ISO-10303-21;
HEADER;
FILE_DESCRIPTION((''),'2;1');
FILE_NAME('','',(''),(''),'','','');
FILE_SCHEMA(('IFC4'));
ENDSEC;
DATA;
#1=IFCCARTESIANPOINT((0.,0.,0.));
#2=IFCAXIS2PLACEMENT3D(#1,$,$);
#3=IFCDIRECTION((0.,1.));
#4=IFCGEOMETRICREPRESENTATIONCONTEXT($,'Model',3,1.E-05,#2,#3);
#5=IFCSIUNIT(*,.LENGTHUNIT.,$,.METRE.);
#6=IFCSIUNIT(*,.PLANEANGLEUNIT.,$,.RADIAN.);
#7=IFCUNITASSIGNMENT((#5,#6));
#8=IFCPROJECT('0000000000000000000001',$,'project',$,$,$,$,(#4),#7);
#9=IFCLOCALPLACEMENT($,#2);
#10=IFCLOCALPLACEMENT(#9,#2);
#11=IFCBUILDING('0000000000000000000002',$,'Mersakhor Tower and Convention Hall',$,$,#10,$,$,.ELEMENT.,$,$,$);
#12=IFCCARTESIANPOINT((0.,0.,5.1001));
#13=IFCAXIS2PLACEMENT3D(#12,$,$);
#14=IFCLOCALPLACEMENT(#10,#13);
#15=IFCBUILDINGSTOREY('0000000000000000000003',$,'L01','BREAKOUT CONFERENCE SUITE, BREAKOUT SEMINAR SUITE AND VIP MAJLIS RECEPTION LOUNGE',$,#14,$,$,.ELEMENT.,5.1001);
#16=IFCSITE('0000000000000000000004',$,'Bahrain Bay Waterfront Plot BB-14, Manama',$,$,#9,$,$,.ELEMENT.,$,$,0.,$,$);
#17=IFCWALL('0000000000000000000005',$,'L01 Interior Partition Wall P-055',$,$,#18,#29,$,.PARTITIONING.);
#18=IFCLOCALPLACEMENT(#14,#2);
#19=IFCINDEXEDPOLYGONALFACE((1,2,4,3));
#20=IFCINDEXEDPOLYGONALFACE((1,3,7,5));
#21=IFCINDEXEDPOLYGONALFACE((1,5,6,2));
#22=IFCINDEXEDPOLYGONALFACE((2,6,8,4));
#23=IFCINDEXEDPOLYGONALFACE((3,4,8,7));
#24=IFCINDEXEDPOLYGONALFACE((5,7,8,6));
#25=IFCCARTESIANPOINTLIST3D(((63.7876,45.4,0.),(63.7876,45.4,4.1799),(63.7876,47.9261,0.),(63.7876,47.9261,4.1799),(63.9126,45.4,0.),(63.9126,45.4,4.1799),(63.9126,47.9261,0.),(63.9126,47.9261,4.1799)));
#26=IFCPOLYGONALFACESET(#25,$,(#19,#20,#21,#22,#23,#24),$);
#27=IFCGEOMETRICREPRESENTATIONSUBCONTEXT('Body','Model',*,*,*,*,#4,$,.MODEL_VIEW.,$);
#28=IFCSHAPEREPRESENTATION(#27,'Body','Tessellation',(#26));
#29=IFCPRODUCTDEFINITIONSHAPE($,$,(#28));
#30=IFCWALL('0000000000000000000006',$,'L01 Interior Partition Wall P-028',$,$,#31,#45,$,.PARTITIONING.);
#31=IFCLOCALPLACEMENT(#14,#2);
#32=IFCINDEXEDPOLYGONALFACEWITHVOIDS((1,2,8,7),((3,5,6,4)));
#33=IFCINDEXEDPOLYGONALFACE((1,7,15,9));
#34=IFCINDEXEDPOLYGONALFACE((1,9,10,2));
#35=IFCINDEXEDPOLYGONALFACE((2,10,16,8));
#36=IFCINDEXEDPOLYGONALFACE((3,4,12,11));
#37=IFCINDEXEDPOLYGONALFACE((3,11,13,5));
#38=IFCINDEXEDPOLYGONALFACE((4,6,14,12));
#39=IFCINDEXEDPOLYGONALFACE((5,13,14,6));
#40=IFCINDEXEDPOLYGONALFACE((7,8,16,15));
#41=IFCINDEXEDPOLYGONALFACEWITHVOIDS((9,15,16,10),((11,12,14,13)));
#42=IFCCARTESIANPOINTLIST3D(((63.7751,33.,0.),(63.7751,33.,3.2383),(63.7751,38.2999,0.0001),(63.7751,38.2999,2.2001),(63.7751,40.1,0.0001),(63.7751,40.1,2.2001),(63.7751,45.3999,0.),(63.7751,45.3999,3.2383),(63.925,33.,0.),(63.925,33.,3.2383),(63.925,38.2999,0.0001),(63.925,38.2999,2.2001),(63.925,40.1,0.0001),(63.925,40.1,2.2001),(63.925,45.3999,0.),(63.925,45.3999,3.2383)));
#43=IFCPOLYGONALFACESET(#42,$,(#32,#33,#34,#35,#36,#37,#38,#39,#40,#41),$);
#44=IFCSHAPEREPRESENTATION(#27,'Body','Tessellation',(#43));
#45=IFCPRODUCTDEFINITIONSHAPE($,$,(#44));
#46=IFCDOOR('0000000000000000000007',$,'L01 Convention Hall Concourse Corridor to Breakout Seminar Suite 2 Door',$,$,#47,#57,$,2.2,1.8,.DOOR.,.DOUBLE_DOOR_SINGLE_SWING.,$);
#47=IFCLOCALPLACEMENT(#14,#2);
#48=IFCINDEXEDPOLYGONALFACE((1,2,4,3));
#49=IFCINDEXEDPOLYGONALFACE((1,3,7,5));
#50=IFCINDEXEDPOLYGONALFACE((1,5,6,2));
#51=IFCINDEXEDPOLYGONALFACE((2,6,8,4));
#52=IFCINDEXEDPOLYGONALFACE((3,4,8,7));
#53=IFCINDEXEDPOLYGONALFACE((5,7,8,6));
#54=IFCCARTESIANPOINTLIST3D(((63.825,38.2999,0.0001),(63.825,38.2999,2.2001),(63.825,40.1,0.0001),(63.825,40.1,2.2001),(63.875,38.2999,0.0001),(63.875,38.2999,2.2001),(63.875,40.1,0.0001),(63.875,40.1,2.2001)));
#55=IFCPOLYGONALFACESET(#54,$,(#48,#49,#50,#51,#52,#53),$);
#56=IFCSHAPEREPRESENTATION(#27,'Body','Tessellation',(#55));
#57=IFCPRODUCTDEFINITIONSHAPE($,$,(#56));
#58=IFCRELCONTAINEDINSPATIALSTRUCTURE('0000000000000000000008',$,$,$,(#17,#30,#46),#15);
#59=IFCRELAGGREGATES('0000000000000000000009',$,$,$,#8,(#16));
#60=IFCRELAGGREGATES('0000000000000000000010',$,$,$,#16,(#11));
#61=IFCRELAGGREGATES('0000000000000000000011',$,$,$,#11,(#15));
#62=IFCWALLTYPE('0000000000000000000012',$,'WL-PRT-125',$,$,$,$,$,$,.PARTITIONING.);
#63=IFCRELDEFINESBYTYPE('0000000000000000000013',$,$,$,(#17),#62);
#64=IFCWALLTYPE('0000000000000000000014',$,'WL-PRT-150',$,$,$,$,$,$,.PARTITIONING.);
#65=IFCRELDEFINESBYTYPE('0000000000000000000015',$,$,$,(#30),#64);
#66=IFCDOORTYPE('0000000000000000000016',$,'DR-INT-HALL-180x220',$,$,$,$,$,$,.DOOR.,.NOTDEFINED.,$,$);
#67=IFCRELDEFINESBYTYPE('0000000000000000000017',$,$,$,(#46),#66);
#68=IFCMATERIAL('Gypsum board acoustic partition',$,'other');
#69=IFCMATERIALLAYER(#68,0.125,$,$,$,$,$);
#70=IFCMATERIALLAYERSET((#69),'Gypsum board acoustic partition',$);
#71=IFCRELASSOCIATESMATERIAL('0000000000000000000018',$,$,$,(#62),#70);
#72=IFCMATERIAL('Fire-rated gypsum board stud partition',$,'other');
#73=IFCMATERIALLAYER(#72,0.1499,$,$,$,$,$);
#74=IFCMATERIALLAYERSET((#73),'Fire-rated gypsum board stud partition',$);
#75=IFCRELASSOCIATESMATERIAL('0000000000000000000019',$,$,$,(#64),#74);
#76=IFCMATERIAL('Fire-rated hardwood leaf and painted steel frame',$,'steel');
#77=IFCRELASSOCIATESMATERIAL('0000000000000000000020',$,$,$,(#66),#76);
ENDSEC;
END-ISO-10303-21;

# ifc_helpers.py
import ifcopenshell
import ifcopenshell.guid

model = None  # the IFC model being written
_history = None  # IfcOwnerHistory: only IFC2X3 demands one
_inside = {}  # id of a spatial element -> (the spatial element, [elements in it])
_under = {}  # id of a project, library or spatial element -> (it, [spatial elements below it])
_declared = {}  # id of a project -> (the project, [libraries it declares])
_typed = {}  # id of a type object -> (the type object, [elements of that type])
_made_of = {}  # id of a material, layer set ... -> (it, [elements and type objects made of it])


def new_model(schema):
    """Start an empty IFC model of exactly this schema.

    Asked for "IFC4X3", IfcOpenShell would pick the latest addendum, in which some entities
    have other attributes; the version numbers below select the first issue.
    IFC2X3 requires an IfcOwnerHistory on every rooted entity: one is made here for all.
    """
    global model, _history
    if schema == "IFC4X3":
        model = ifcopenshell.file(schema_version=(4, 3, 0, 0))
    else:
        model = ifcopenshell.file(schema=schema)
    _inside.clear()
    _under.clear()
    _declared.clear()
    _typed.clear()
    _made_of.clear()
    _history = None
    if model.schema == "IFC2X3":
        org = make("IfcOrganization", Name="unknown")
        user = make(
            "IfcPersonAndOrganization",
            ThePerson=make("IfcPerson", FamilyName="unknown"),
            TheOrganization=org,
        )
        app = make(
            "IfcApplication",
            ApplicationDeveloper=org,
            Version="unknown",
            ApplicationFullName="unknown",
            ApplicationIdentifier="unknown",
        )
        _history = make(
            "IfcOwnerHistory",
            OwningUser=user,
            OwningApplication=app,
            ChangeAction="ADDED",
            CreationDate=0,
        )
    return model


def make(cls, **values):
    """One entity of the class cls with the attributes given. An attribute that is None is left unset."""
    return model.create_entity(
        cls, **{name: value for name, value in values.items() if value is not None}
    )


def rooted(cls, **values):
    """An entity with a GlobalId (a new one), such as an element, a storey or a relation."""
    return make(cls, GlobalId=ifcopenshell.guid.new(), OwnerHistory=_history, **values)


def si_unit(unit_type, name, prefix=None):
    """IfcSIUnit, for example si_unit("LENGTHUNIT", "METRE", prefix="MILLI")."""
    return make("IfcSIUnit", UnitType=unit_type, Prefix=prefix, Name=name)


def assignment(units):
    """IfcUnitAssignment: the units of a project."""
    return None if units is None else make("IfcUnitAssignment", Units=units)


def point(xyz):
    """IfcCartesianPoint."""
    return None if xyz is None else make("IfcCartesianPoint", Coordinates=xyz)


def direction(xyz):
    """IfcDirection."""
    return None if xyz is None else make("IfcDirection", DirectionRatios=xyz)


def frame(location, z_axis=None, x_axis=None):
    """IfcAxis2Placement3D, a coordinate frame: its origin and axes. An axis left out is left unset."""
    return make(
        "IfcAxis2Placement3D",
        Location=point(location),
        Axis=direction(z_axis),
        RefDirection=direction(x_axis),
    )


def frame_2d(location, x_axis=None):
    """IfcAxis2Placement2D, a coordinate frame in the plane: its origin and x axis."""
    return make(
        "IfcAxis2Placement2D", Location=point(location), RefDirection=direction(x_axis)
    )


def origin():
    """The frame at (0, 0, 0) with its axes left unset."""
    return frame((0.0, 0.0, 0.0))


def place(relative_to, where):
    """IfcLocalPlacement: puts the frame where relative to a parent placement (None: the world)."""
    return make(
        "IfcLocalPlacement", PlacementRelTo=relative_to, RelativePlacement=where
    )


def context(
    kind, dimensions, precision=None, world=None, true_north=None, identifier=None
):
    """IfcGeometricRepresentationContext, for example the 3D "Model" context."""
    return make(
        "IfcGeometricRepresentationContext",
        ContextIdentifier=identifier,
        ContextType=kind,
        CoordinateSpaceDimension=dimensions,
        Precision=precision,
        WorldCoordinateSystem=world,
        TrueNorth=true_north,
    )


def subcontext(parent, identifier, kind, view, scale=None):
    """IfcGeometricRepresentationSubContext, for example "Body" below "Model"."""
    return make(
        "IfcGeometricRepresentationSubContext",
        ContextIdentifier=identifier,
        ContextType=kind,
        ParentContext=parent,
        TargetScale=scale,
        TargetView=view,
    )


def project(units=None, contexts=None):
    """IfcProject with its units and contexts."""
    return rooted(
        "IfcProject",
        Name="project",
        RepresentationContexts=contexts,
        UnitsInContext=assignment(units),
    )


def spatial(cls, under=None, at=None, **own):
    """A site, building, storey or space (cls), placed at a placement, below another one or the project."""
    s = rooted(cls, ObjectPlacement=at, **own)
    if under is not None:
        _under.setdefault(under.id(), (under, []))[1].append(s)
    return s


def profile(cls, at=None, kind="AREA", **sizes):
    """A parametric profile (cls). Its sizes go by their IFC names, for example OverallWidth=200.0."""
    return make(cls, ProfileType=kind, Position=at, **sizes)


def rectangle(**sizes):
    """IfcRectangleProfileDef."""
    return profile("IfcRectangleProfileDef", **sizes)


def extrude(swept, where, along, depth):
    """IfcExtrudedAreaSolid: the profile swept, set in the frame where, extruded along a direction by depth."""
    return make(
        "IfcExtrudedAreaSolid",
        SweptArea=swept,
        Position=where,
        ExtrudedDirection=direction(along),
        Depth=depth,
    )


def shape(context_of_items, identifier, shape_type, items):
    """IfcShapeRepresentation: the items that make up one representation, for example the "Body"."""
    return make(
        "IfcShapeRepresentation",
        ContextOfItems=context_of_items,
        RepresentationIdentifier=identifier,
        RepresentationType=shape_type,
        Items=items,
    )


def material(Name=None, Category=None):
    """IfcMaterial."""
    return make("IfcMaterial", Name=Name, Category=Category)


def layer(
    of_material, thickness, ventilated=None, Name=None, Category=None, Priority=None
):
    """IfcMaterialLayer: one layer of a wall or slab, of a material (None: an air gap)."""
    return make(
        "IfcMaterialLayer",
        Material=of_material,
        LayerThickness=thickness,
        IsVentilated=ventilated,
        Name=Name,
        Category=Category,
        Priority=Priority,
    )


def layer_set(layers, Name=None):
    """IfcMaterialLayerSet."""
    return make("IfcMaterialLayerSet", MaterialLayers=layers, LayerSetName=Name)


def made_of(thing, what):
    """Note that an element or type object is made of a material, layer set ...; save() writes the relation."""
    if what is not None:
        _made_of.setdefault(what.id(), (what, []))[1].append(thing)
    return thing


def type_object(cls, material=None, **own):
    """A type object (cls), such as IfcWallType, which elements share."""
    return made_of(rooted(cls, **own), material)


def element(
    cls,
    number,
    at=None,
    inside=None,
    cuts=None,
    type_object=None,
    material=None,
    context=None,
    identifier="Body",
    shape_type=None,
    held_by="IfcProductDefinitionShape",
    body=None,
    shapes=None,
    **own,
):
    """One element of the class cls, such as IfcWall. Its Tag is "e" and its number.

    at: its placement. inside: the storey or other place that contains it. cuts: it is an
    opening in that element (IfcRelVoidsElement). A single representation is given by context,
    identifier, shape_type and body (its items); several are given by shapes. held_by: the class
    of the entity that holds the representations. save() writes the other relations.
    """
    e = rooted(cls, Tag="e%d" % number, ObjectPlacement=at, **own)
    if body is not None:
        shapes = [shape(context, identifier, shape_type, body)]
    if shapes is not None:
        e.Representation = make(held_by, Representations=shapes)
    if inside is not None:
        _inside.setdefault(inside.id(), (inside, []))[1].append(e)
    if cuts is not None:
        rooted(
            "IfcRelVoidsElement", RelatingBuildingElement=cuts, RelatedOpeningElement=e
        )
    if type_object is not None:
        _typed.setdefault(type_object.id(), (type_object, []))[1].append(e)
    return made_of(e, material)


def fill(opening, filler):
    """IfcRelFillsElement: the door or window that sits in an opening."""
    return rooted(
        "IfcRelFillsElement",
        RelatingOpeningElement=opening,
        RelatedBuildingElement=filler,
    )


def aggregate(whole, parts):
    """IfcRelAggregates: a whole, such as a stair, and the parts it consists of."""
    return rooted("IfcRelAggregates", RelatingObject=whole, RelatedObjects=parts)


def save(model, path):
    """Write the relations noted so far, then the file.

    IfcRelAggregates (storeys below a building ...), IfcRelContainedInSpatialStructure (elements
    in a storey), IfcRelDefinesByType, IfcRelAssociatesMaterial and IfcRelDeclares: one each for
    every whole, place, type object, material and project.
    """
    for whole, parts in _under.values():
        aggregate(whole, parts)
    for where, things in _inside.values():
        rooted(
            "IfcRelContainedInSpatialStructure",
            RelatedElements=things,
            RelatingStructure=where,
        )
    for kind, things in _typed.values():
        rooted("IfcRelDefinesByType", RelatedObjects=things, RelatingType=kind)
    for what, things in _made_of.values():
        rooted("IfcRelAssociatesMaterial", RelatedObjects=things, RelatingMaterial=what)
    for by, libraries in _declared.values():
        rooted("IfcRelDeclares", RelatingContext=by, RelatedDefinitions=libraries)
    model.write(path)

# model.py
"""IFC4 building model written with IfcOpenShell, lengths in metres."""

from ifc_helpers import new_model, si_unit, direction, frame, frame_2d, origin, place, context, subcontext, project, spatial, rectangle, extrude, material, layer, layer_set, type_object, element, fill, save


model = new_model("IFC4")

# Units and contexts
model_context = context("Model", 3, precision=1e-05, world=origin(), true_north=direction((0.0, 1.0)))
body_context = subcontext(model_context, "Body", "Model", "MODEL_VIEW")
ifc_project = project(units=[si_unit("LENGTHUNIT", "METRE"), si_unit("PLANEANGLEUNIT", "RADIAN")], contexts=[model_context])

# Site, building, storey
site_placement = place(None, origin())
site = spatial("IfcSite", under=ifc_project, at=site_placement, Name="Bahrain Bay Waterfront Plot BB-14, Manama", CompositionType="ELEMENT", RefElevation=0.0)
building_placement = place(site_placement, origin())
building = spatial("IfcBuilding", under=site, at=building_placement, Name="Mersakhor Tower and Convention Hall", CompositionType="ELEMENT")
storey_placement = place(building_placement, frame((0.0, 0.0, 5.1001)))
storey = spatial("IfcBuildingStorey", under=building, at=storey_placement, Name="L01", Description="BREAKOUT CONFERENCE SUITE, BREAKOUT SEMINAR SUITE AND VIP MAJLIS RECEPTION LOUNGE", CompositionType="ELEMENT", Elevation=5.1001)

# Wall
ifc_material_1 = material(Name="Gypsum board acoustic partition", Category="other")
ifc_layer_1 = layer(ifc_material_1, 0.125)
ifc_layer_set_1 = layer_set([ifc_layer_1], Name="Gypsum board acoustic partition")
wall_type_1 = type_object("IfcWallType", Name="WL-PRT-125", PredefinedType="PARTITIONING", material=ifc_layer_set_1)
wall_1_placement = place(storey_placement, frame((63.8501, 45.3999, 0.0), z_axis=(0.0, 0.0, 1.0), x_axis=(0.0, 1.0, 0.0)))
element("IfcWall", 1, at=wall_1_placement, inside=storey, type_object=wall_type_1, Name="L01 Interior Partition Wall P-055", PredefinedType="PARTITIONING", context=body_context, shape_type="SweptSolid", body=[
    extrude(rectangle(XDim=2.5261, YDim=0.125, at=frame_2d((1.2632, 0.0))), origin(), (0.0, 0.0, 1.0), 4.1799),
])

# Wall, opening, door
ifc_material_2 = material(Name="Fire-rated gypsum board stud partition", Category="other")
ifc_layer_2 = layer(ifc_material_2, 0.1499)
ifc_layer_set_2 = layer_set([ifc_layer_2], Name="Fire-rated gypsum board stud partition")
wall_type_2 = type_object("IfcWallType", Name="WL-PRT-150", PredefinedType="PARTITIONING", material=ifc_layer_set_2)
wall_2_placement = place(storey_placement, frame((63.8501, 45.3999, 0.0), z_axis=(0.0, 0.0, 1.0), x_axis=(0.0, -1.0, 0.0)))
wall_2 = element("IfcWall", 2, at=wall_2_placement, inside=storey, type_object=wall_type_2, Name="L01 Interior Partition Wall P-028", PredefinedType="PARTITIONING", context=body_context, shape_type="SweptSolid", body=[
    extrude(rectangle(XDim=12.3999, YDim=0.1499, at=frame_2d((6.2, 0.0))), origin(), (0.0, 0.0, 1.0), 3.2383),
])
opening_1_placement = place(wall_2_placement, frame((5.3, 0.0, 0.0)))
opening_1 = element("IfcOpeningElement", 3, at=opening_1_placement, cuts=wall_2, PredefinedType="OPENING", context=body_context, shape_type="SweptSolid", body=[
    extrude(rectangle(XDim=1.8, YDim=2.2, at=frame_2d((0.8999, 1.1001))), frame((0.0, 0.085, 0.0), z_axis=(0.0, -1.0, 0.0), x_axis=(1.0, 0.0, 0.0)), (0.0, 0.0, 1.0), 0.1699),
])
ifc_material_3 = material(Name="Fire-rated hardwood leaf and painted steel frame", Category="steel")
door_type = type_object("IfcDoorType", Name="DR-INT-HALL-180x220", OperationType="NOTDEFINED", PredefinedType="DOOR", material=ifc_material_3)
door_placement = place(opening_1_placement, origin())
door = element("IfcDoor", 4, at=door_placement, inside=storey, type_object=door_type, Name="L01 Convention Hall Concourse Corridor to Breakout Seminar Suite 2 Door", OperationType="DOUBLE_DOOR_SINGLE_SWING", OverallHeight=2.2, OverallWidth=1.8, PredefinedType="DOOR", context=body_context, shape_type="SweptSolid", body=[
    extrude(rectangle(XDim=1.8, YDim=2.2, at=frame_2d((0.8999, 1.1001))), frame((0.0, 0.0249, 0.0), z_axis=(0.0, -1.0, 0.0), x_axis=(1.0, 0.0, 0.0)), (0.0, 0.0, 1.0), 0.05),
])
fill(opening_1, door)

save(model, "model.ifc")
